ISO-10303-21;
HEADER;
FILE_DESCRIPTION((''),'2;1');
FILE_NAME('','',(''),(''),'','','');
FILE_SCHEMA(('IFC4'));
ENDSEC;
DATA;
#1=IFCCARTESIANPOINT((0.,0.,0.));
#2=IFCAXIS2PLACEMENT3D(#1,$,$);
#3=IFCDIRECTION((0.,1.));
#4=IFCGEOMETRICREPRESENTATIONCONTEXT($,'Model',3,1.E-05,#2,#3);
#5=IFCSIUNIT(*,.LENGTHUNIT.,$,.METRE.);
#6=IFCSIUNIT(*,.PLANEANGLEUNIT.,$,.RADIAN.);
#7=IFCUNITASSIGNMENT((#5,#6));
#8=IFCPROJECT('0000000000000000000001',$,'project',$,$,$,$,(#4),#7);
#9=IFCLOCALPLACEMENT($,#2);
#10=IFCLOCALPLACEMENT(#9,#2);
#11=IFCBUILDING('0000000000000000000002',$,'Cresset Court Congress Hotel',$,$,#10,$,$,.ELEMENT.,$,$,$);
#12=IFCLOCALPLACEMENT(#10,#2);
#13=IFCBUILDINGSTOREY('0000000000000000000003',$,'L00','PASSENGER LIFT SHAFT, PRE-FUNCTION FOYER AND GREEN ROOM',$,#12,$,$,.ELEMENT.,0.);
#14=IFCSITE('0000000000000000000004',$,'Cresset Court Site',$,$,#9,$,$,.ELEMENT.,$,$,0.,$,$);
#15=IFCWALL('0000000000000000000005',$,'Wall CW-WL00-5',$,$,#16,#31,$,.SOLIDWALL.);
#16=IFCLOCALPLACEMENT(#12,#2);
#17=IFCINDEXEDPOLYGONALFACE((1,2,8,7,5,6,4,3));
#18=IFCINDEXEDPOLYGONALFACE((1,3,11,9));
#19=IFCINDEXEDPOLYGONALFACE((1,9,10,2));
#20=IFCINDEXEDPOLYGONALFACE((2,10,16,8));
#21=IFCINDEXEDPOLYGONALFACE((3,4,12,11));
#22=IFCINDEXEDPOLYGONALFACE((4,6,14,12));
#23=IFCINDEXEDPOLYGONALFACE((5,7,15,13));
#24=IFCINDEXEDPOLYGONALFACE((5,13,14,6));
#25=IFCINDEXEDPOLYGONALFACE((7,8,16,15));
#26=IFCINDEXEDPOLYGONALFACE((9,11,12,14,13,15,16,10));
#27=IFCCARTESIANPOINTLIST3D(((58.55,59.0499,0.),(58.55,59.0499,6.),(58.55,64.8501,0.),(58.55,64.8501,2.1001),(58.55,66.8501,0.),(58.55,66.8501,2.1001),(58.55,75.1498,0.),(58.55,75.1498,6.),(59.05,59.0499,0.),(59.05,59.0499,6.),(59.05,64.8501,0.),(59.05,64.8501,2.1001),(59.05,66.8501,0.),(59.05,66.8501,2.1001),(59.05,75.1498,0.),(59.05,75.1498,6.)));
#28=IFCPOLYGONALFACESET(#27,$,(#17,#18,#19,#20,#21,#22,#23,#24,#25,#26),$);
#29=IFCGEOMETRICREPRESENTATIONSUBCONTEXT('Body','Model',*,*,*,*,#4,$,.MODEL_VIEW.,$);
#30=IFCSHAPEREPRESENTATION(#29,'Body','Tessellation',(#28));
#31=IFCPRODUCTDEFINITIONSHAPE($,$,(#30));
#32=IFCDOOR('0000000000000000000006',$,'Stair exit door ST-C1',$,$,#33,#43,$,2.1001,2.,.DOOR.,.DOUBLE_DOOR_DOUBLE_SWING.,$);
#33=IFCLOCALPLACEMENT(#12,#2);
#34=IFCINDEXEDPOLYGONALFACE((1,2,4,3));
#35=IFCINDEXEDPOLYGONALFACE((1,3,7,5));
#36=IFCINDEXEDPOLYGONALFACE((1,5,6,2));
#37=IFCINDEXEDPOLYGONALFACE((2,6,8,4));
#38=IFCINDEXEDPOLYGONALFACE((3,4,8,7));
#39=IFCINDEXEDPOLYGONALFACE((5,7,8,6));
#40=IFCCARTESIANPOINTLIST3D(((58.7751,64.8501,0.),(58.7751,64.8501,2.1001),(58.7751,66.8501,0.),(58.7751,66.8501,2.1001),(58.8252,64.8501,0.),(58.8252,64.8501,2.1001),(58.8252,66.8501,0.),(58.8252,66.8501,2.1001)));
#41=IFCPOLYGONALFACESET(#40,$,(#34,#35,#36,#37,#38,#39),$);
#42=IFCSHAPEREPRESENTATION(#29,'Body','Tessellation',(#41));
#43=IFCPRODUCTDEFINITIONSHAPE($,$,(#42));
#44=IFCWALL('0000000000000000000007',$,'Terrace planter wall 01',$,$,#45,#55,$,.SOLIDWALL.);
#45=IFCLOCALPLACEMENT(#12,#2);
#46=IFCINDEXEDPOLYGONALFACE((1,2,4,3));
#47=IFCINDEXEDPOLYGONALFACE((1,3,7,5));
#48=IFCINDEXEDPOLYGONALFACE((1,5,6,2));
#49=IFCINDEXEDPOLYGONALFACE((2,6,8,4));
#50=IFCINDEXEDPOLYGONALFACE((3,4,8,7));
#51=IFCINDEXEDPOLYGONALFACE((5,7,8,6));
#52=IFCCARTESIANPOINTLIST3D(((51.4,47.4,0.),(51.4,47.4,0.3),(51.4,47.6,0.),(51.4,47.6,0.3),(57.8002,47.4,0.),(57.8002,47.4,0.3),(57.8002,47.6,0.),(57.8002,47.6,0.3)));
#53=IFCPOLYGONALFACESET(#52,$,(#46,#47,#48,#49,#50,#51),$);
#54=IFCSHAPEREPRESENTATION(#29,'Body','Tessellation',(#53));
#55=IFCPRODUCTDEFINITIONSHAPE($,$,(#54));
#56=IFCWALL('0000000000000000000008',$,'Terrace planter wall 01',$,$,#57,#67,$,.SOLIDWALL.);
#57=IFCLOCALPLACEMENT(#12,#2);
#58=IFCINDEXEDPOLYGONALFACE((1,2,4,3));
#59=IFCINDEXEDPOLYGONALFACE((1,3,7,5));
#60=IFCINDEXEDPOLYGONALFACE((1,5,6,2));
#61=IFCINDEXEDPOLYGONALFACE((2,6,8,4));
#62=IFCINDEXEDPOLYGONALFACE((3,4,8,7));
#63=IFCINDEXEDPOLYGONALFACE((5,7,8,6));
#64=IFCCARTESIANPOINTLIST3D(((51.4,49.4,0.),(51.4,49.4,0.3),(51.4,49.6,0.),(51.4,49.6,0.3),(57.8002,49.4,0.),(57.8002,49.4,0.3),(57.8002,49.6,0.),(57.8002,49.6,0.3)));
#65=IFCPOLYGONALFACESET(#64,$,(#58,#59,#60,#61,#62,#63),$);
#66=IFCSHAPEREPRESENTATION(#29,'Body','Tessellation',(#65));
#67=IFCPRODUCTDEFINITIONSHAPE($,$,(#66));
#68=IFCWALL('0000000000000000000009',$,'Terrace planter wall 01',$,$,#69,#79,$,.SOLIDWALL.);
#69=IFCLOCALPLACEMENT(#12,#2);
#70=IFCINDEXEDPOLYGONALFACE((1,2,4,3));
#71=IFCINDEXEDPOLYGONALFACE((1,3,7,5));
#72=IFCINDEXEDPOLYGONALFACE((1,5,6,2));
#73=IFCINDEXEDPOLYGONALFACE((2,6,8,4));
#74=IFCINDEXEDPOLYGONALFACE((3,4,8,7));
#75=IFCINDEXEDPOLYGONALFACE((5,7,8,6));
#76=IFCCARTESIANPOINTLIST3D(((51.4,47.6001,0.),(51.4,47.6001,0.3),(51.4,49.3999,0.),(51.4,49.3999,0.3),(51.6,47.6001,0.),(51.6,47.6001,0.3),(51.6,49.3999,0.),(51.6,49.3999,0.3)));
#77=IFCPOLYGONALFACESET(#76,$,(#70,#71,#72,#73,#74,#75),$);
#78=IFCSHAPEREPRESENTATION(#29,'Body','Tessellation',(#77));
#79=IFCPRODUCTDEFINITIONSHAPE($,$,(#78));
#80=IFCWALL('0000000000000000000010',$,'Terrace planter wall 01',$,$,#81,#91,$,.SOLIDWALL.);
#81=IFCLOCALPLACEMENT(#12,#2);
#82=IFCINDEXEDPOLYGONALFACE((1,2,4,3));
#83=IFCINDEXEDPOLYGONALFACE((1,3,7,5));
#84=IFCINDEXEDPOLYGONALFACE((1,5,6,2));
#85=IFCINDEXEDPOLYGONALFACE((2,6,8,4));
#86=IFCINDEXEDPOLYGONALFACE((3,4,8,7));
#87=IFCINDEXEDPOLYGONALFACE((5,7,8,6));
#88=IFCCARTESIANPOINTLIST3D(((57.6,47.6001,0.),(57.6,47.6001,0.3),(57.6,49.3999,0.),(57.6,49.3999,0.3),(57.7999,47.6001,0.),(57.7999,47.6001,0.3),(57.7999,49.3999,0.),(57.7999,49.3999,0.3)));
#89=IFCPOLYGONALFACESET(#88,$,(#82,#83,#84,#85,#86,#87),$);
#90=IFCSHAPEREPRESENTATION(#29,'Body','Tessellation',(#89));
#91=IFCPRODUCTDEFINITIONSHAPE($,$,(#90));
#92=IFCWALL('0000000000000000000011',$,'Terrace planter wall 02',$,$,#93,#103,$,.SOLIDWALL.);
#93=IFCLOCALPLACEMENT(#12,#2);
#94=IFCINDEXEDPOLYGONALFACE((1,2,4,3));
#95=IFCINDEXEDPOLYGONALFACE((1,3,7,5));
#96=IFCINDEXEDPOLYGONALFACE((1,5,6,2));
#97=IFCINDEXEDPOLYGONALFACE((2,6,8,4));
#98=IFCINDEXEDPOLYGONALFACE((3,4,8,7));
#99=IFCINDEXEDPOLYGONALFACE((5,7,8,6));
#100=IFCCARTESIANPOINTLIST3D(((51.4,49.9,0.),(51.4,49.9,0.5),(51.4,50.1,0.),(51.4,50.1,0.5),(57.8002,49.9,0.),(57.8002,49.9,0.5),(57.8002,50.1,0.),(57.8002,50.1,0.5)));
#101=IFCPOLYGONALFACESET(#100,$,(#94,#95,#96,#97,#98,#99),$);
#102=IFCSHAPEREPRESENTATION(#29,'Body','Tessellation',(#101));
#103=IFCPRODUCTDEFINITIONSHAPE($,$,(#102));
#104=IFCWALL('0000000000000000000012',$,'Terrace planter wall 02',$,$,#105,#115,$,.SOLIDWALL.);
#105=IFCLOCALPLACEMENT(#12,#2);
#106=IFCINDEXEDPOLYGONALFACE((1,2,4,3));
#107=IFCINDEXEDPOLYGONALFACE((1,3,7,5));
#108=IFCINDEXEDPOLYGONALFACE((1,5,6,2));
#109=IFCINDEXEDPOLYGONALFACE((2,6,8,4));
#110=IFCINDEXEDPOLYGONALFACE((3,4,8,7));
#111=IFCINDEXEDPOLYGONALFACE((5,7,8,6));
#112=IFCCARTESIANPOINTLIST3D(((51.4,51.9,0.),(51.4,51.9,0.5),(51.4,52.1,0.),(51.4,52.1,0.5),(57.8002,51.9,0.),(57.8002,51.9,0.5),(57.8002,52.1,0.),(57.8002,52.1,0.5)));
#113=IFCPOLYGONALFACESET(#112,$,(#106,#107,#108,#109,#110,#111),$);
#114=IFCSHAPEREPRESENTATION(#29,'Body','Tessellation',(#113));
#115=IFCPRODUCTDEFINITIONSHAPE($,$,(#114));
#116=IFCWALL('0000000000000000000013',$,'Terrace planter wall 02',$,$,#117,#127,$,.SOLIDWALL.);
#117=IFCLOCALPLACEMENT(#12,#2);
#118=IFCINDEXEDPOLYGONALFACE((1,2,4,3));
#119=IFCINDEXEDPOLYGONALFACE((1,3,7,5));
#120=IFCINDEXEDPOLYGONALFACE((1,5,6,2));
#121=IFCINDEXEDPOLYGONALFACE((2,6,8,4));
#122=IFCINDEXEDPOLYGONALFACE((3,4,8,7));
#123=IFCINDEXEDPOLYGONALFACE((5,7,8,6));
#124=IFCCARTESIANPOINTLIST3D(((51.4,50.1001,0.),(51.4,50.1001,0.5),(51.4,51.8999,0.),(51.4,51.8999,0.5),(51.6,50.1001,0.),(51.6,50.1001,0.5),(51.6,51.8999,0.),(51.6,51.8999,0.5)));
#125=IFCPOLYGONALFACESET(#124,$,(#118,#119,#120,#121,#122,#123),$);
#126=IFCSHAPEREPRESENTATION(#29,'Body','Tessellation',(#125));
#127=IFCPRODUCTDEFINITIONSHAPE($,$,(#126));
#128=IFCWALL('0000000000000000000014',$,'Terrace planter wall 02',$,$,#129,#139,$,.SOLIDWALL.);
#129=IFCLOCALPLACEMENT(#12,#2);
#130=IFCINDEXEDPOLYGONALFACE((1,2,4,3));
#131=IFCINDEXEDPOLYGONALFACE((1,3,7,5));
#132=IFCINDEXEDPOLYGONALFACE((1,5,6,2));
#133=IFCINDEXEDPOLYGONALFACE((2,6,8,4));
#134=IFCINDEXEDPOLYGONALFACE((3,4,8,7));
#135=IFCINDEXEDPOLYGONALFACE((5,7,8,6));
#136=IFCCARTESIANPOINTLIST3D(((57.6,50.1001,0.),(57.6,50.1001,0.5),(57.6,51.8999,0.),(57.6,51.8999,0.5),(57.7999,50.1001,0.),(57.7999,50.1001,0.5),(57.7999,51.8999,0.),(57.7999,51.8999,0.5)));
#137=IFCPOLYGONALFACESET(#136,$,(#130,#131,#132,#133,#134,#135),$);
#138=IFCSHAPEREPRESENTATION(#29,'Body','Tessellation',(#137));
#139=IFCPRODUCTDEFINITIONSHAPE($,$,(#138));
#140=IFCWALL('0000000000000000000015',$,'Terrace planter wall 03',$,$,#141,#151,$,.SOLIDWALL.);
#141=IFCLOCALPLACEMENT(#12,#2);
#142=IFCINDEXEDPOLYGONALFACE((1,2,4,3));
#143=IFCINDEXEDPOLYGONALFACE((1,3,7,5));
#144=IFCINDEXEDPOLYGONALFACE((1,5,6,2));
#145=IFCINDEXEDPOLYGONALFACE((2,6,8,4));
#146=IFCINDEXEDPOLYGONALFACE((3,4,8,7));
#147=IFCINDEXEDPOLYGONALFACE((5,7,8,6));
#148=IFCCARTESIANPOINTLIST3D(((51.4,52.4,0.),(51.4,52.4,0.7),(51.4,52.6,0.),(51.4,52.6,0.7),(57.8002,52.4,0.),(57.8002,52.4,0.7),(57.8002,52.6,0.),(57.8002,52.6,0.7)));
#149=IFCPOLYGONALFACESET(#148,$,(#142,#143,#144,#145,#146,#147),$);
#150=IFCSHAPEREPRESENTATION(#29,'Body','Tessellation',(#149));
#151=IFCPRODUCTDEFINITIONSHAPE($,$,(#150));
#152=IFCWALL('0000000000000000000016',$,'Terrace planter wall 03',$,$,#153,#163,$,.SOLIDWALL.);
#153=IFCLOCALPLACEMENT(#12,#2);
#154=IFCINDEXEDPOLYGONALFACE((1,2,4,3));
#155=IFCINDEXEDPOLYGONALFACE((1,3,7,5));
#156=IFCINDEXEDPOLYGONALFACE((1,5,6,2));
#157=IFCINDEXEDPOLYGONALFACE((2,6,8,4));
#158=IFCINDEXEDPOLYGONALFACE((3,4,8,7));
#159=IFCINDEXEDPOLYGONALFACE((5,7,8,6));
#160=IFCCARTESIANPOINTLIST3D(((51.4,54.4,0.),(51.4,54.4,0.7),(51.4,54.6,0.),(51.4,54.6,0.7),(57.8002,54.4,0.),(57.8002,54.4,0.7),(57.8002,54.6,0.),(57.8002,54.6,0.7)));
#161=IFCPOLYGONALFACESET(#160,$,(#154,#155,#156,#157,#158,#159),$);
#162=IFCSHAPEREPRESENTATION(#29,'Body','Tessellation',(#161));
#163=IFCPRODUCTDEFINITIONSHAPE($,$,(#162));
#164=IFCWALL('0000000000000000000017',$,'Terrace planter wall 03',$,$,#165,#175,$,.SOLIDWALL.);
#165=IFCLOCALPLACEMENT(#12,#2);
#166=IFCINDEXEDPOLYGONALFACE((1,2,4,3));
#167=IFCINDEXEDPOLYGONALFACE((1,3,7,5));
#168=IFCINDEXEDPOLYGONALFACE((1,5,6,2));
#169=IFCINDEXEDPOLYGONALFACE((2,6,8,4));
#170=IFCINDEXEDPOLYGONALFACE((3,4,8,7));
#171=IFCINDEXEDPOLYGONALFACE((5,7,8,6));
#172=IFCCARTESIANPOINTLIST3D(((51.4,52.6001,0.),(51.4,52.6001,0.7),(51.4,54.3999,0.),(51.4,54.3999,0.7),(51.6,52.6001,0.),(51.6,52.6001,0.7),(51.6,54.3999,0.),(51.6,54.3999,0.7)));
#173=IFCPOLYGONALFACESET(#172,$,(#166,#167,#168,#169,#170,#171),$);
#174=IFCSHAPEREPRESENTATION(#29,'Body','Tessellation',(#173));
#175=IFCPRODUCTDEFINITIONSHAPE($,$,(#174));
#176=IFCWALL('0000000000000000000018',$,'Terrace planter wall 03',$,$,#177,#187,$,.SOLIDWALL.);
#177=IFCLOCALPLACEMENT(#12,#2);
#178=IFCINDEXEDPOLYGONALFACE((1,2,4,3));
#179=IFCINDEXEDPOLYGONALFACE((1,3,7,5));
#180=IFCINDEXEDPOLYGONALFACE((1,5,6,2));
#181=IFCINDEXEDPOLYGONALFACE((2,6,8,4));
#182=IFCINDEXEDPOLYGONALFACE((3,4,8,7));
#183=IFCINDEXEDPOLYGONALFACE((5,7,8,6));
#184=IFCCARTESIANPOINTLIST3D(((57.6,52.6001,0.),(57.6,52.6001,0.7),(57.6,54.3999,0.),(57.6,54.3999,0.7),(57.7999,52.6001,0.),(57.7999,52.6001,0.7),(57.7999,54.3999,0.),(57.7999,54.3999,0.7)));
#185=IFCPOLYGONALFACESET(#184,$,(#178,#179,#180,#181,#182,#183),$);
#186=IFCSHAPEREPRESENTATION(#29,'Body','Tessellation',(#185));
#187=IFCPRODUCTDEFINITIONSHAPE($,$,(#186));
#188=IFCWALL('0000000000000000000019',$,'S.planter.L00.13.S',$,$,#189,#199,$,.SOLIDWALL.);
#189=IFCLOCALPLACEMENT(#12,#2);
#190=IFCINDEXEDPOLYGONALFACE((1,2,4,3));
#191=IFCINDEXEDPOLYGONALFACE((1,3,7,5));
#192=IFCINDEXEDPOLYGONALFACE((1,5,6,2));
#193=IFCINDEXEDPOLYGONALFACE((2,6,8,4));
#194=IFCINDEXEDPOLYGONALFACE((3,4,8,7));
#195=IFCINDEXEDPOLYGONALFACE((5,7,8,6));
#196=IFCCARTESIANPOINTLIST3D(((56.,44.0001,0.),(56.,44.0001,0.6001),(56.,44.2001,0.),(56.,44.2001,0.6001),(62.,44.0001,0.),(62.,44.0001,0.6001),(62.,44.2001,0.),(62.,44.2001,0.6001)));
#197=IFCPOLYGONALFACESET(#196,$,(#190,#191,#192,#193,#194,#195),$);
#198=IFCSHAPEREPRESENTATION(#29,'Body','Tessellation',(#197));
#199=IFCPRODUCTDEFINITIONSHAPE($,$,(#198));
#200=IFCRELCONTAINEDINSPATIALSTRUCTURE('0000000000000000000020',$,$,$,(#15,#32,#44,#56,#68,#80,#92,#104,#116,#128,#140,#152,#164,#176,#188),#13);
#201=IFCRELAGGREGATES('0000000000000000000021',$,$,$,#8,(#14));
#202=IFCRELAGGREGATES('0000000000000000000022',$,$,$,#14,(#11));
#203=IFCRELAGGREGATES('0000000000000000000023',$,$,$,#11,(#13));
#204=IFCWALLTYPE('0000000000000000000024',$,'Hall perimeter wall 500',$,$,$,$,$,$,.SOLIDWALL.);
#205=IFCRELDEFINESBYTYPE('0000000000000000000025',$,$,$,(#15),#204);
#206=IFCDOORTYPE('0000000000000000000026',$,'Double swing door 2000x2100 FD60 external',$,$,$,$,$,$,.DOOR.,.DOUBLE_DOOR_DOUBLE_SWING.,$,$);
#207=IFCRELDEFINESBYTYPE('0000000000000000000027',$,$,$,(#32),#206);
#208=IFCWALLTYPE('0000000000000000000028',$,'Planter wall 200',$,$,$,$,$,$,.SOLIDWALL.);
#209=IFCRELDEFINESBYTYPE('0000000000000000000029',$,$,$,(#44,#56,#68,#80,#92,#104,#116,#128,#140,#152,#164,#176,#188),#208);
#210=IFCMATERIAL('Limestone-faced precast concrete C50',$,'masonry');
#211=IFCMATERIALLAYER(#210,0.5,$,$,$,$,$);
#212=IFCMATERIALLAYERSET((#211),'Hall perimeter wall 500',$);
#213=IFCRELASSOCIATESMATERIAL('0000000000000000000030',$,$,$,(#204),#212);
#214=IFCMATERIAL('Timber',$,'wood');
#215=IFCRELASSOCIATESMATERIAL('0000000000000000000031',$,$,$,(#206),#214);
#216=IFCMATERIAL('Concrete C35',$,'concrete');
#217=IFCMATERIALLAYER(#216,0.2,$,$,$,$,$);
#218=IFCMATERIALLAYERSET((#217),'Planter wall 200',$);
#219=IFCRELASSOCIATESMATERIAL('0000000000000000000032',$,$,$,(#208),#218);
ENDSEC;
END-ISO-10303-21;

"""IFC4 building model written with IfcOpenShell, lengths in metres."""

from ifc_helpers import new_model, si_unit, direction, frame, frame_2d, origin, place, context, subcontext, project, spatial, rectangle, extrude, material, layer, layer_set, type_object, element, fill, save


model = new_model("IFC4")

# Units and contexts
model_context = context("Model", 3, precision=1e-05, world=origin(), true_north=direction((0.0, 1.0)))
body_context = subcontext(model_context, "Body", "Model", "MODEL_VIEW")
ifc_project = project(units=[si_unit("LENGTHUNIT", "METRE"), si_unit("PLANEANGLEUNIT", "RADIAN")], contexts=[model_context])

# Site, building, storey
site_placement = place(None, origin())
site = spatial("IfcSite", under=ifc_project, at=site_placement, Name="Cresset Court Site", CompositionType="ELEMENT", RefElevation=0.0)
building_placement = place(site_placement, origin())
building = spatial("IfcBuilding", under=site, at=building_placement, Name="Cresset Court Congress Hotel", CompositionType="ELEMENT")
storey_placement = place(building_placement, origin())
storey = spatial("IfcBuildingStorey", under=building, at=storey_placement, Name="L00", Description="PASSENGER LIFT SHAFT, PRE-FUNCTION FOYER AND GREEN ROOM", CompositionType="ELEMENT", Elevation=0.0)

# Wall, opening, door
ifc_material_1 = material(Name="Limestone-faced precast concrete C50", Category="masonry")
ifc_layer_1 = layer(ifc_material_1, 0.5)
ifc_layer_set_1 = layer_set([ifc_layer_1], Name="Hall perimeter wall 500")
wall_type_1 = type_object("IfcWallType", Name="Hall perimeter wall 500", PredefinedType="SOLIDWALL", material=ifc_layer_set_1)
wall_1_placement = place(storey_placement, frame((58.8, 59.05, 0.0), z_axis=(0.0, 0.0, 1.0), x_axis=(0.0, 1.0, 0.0)))
wall_1 = element("IfcWall", 1, at=wall_1_placement, inside=storey, type_object=wall_type_1, Name="Wall CW-WL00-5", PredefinedType="SOLIDWALL", context=body_context, shape_type="SweptSolid", body=[
    extrude(rectangle(XDim=16.0999, YDim=0.5, at=frame_2d((8.0498, 0.0))), origin(), (0.0, 0.0, 1.0), 6.0),
])
opening_placement = place(wall_1_placement, frame((5.8, 0.0, 0.0)))
opening = element("IfcOpeningElement", 2, at=opening_placement, cuts=wall_1, PredefinedType="OPENING", context=body_context, shape_type="SweptSolid", body=[
    extrude(rectangle(XDim=2.0, YDim=2.1001, at=frame_2d((1.0, 1.05))), frame((0.0, 0.26, 0.0), z_axis=(0.0, -1.0, 0.0), x_axis=(1.0, 0.0, 0.0)), (0.0, 0.0, 1.0), 0.52),
])
ifc_material_2 = material(Name="Timber", Category="wood")
door_type = type_object("IfcDoorType", Name="Double swing door 2000x2100 FD60 external", OperationType="DOUBLE_DOOR_DOUBLE_SWING", PredefinedType="DOOR", material=ifc_material_2)
door_placement = place(opening_placement, origin())
door = element("IfcDoor", 3, at=door_placement, inside=storey, type_object=door_type, Name="Stair exit door ST-C1", OperationType="DOUBLE_DOOR_DOUBLE_SWING", OverallHeight=2.1001, OverallWidth=2.0, PredefinedType="DOOR", context=body_context, shape_type="SweptSolid", body=[
    extrude(rectangle(XDim=2.0, YDim=2.1001, at=frame_2d((1.0, 1.05))), frame((0.0, 0.0249, 0.0), z_axis=(0.0, -1.0, 0.0), x_axis=(1.0, 0.0, 0.0)), (0.0, 0.0, 1.0), 0.05),
])
fill(opening, door)

# Walls
ifc_material_3 = material(Name="Concrete C35", Category="concrete")
ifc_layer_2 = layer(ifc_material_3, 0.2)
ifc_layer_set_2 = layer_set([ifc_layer_2], Name="Planter wall 200")
wall_type_2 = type_object("IfcWallType", Name="Planter wall 200", PredefinedType="SOLIDWALL", material=ifc_layer_set_2)
for number, where, z_axis, x_axis, name in (
    (4, (51.3999, 47.5, 0.0), (0.0, 0.0, 1.0), (1.0, 0.0, 0.0), "Terrace planter wall 01"),
    (5, (51.3999, 49.5, 0.0), (0.0, 0.0, 1.0), (1.0, 0.0, 0.0), "Terrace planter wall 01"),
):
    element("IfcWall", number, at=place(storey_placement, frame(where, z_axis=z_axis, x_axis=x_axis)), inside=storey, type_object=wall_type_2, Name=name, PredefinedType="SOLIDWALL", context=body_context, shape_type="SweptSolid", body=[
        extrude(rectangle(XDim=6.4001, YDim=0.2, at=frame_2d((3.2002, 0.0))), origin(), (0.0, 0.0, 1.0), 0.3),
    ])
for number, where, z_axis, x_axis, name in (
    (6, (51.5, 47.6001, 0.0), (0.0, 0.0, 1.0), (0.0, 1.0, 0.0), "Terrace planter wall 01"),
    (7, (57.7, 47.6001, 0.0), (0.0, 0.0, 1.0), (0.0, 1.0, 0.0), "Terrace planter wall 01"),
):
    element("IfcWall", number, at=place(storey_placement, frame(where, z_axis=z_axis, x_axis=x_axis)), inside=storey, type_object=wall_type_2, Name=name, PredefinedType="SOLIDWALL", context=body_context, shape_type="SweptSolid", body=[
        extrude(rectangle(XDim=1.7998, YDim=0.2, at=frame_2d((0.8999, 0.0))), origin(), (0.0, 0.0, 1.0), 0.3),
    ])
for number, where, z_axis, x_axis, name in (
    (8, (51.3999, 50.0, 0.0), (0.0, 0.0, 1.0), (1.0, 0.0, 0.0), "Terrace planter wall 02"),
    (9, (51.3999, 52.0, 0.0), (0.0, 0.0, 1.0), (1.0, 0.0, 0.0), "Terrace planter wall 02"),
):
    element("IfcWall", number, at=place(storey_placement, frame(where, z_axis=z_axis, x_axis=x_axis)), inside=storey, type_object=wall_type_2, Name=name, PredefinedType="SOLIDWALL", context=body_context, shape_type="SweptSolid", body=[
        extrude(rectangle(XDim=6.4001, YDim=0.2, at=frame_2d((3.2002, 0.0))), origin(), (0.0, 0.0, 1.0), 0.5),
    ])
for number, where, z_axis, x_axis, name in (
    (10, (51.5, 50.1001, 0.0), (0.0, 0.0, 1.0), (0.0, 1.0, 0.0), "Terrace planter wall 02"),
    (11, (57.7, 50.1001, 0.0), (0.0, 0.0, 1.0), (0.0, 1.0, 0.0), "Terrace planter wall 02"),
):
    element("IfcWall", number, at=place(storey_placement, frame(where, z_axis=z_axis, x_axis=x_axis)), inside=storey, type_object=wall_type_2, Name=name, PredefinedType="SOLIDWALL", context=body_context, shape_type="SweptSolid", body=[
        extrude(rectangle(XDim=1.7998, YDim=0.2, at=frame_2d((0.8999, 0.0))), origin(), (0.0, 0.0, 1.0), 0.5),
    ])
for number, where, z_axis, x_axis, name in (
    (12, (51.3999, 52.5, 0.0), (0.0, 0.0, 1.0), (1.0, 0.0, 0.0), "Terrace planter wall 03"),
    (13, (51.3999, 54.5, 0.0), (0.0, 0.0, 1.0), (1.0, 0.0, 0.0), "Terrace planter wall 03"),
):
    element("IfcWall", number, at=place(storey_placement, frame(where, z_axis=z_axis, x_axis=x_axis)), inside=storey, type_object=wall_type_2, Name=name, PredefinedType="SOLIDWALL", context=body_context, shape_type="SweptSolid", body=[
        extrude(rectangle(XDim=6.4001, YDim=0.2, at=frame_2d((3.2002, 0.0))), origin(), (0.0, 0.0, 1.0), 0.7),
    ])
for number, where, z_axis, x_axis, name in (
    (14, (51.5, 52.6001, 0.0), (0.0, 0.0, 1.0), (0.0, 1.0, 0.0), "Terrace planter wall 03"),
    (15, (57.7, 52.6001, 0.0), (0.0, 0.0, 1.0), (0.0, 1.0, 0.0), "Terrace planter wall 03"),
):
    element("IfcWall", number, at=place(storey_placement, frame(where, z_axis=z_axis, x_axis=x_axis)), inside=storey, type_object=wall_type_2, Name=name, PredefinedType="SOLIDWALL", context=body_context, shape_type="SweptSolid", body=[
        extrude(rectangle(XDim=1.7998, YDim=0.2, at=frame_2d((0.8999, 0.0))), origin(), (0.0, 0.0, 1.0), 0.7),
    ])
for number, where, z_axis, x_axis, name in (
    (16, (56.0, 44.1001, 0.0), (0.0, 0.0, 1.0), (1.0, 0.0, 0.0), "S.planter.L00.13.S"),
):
    element("IfcWall", number, at=place(storey_placement, frame(where, z_axis=z_axis, x_axis=x_axis)), inside=storey, type_object=wall_type_2, Name=name, PredefinedType="SOLIDWALL", context=body_context, shape_type="SweptSolid", body=[
        extrude(rectangle(XDim=6.0, YDim=0.2, at=frame_2d((3.0, 0.0))), origin(), (0.0, 0.0, 1.0), 0.6001),
    ])

save(model, "model.ifc")
